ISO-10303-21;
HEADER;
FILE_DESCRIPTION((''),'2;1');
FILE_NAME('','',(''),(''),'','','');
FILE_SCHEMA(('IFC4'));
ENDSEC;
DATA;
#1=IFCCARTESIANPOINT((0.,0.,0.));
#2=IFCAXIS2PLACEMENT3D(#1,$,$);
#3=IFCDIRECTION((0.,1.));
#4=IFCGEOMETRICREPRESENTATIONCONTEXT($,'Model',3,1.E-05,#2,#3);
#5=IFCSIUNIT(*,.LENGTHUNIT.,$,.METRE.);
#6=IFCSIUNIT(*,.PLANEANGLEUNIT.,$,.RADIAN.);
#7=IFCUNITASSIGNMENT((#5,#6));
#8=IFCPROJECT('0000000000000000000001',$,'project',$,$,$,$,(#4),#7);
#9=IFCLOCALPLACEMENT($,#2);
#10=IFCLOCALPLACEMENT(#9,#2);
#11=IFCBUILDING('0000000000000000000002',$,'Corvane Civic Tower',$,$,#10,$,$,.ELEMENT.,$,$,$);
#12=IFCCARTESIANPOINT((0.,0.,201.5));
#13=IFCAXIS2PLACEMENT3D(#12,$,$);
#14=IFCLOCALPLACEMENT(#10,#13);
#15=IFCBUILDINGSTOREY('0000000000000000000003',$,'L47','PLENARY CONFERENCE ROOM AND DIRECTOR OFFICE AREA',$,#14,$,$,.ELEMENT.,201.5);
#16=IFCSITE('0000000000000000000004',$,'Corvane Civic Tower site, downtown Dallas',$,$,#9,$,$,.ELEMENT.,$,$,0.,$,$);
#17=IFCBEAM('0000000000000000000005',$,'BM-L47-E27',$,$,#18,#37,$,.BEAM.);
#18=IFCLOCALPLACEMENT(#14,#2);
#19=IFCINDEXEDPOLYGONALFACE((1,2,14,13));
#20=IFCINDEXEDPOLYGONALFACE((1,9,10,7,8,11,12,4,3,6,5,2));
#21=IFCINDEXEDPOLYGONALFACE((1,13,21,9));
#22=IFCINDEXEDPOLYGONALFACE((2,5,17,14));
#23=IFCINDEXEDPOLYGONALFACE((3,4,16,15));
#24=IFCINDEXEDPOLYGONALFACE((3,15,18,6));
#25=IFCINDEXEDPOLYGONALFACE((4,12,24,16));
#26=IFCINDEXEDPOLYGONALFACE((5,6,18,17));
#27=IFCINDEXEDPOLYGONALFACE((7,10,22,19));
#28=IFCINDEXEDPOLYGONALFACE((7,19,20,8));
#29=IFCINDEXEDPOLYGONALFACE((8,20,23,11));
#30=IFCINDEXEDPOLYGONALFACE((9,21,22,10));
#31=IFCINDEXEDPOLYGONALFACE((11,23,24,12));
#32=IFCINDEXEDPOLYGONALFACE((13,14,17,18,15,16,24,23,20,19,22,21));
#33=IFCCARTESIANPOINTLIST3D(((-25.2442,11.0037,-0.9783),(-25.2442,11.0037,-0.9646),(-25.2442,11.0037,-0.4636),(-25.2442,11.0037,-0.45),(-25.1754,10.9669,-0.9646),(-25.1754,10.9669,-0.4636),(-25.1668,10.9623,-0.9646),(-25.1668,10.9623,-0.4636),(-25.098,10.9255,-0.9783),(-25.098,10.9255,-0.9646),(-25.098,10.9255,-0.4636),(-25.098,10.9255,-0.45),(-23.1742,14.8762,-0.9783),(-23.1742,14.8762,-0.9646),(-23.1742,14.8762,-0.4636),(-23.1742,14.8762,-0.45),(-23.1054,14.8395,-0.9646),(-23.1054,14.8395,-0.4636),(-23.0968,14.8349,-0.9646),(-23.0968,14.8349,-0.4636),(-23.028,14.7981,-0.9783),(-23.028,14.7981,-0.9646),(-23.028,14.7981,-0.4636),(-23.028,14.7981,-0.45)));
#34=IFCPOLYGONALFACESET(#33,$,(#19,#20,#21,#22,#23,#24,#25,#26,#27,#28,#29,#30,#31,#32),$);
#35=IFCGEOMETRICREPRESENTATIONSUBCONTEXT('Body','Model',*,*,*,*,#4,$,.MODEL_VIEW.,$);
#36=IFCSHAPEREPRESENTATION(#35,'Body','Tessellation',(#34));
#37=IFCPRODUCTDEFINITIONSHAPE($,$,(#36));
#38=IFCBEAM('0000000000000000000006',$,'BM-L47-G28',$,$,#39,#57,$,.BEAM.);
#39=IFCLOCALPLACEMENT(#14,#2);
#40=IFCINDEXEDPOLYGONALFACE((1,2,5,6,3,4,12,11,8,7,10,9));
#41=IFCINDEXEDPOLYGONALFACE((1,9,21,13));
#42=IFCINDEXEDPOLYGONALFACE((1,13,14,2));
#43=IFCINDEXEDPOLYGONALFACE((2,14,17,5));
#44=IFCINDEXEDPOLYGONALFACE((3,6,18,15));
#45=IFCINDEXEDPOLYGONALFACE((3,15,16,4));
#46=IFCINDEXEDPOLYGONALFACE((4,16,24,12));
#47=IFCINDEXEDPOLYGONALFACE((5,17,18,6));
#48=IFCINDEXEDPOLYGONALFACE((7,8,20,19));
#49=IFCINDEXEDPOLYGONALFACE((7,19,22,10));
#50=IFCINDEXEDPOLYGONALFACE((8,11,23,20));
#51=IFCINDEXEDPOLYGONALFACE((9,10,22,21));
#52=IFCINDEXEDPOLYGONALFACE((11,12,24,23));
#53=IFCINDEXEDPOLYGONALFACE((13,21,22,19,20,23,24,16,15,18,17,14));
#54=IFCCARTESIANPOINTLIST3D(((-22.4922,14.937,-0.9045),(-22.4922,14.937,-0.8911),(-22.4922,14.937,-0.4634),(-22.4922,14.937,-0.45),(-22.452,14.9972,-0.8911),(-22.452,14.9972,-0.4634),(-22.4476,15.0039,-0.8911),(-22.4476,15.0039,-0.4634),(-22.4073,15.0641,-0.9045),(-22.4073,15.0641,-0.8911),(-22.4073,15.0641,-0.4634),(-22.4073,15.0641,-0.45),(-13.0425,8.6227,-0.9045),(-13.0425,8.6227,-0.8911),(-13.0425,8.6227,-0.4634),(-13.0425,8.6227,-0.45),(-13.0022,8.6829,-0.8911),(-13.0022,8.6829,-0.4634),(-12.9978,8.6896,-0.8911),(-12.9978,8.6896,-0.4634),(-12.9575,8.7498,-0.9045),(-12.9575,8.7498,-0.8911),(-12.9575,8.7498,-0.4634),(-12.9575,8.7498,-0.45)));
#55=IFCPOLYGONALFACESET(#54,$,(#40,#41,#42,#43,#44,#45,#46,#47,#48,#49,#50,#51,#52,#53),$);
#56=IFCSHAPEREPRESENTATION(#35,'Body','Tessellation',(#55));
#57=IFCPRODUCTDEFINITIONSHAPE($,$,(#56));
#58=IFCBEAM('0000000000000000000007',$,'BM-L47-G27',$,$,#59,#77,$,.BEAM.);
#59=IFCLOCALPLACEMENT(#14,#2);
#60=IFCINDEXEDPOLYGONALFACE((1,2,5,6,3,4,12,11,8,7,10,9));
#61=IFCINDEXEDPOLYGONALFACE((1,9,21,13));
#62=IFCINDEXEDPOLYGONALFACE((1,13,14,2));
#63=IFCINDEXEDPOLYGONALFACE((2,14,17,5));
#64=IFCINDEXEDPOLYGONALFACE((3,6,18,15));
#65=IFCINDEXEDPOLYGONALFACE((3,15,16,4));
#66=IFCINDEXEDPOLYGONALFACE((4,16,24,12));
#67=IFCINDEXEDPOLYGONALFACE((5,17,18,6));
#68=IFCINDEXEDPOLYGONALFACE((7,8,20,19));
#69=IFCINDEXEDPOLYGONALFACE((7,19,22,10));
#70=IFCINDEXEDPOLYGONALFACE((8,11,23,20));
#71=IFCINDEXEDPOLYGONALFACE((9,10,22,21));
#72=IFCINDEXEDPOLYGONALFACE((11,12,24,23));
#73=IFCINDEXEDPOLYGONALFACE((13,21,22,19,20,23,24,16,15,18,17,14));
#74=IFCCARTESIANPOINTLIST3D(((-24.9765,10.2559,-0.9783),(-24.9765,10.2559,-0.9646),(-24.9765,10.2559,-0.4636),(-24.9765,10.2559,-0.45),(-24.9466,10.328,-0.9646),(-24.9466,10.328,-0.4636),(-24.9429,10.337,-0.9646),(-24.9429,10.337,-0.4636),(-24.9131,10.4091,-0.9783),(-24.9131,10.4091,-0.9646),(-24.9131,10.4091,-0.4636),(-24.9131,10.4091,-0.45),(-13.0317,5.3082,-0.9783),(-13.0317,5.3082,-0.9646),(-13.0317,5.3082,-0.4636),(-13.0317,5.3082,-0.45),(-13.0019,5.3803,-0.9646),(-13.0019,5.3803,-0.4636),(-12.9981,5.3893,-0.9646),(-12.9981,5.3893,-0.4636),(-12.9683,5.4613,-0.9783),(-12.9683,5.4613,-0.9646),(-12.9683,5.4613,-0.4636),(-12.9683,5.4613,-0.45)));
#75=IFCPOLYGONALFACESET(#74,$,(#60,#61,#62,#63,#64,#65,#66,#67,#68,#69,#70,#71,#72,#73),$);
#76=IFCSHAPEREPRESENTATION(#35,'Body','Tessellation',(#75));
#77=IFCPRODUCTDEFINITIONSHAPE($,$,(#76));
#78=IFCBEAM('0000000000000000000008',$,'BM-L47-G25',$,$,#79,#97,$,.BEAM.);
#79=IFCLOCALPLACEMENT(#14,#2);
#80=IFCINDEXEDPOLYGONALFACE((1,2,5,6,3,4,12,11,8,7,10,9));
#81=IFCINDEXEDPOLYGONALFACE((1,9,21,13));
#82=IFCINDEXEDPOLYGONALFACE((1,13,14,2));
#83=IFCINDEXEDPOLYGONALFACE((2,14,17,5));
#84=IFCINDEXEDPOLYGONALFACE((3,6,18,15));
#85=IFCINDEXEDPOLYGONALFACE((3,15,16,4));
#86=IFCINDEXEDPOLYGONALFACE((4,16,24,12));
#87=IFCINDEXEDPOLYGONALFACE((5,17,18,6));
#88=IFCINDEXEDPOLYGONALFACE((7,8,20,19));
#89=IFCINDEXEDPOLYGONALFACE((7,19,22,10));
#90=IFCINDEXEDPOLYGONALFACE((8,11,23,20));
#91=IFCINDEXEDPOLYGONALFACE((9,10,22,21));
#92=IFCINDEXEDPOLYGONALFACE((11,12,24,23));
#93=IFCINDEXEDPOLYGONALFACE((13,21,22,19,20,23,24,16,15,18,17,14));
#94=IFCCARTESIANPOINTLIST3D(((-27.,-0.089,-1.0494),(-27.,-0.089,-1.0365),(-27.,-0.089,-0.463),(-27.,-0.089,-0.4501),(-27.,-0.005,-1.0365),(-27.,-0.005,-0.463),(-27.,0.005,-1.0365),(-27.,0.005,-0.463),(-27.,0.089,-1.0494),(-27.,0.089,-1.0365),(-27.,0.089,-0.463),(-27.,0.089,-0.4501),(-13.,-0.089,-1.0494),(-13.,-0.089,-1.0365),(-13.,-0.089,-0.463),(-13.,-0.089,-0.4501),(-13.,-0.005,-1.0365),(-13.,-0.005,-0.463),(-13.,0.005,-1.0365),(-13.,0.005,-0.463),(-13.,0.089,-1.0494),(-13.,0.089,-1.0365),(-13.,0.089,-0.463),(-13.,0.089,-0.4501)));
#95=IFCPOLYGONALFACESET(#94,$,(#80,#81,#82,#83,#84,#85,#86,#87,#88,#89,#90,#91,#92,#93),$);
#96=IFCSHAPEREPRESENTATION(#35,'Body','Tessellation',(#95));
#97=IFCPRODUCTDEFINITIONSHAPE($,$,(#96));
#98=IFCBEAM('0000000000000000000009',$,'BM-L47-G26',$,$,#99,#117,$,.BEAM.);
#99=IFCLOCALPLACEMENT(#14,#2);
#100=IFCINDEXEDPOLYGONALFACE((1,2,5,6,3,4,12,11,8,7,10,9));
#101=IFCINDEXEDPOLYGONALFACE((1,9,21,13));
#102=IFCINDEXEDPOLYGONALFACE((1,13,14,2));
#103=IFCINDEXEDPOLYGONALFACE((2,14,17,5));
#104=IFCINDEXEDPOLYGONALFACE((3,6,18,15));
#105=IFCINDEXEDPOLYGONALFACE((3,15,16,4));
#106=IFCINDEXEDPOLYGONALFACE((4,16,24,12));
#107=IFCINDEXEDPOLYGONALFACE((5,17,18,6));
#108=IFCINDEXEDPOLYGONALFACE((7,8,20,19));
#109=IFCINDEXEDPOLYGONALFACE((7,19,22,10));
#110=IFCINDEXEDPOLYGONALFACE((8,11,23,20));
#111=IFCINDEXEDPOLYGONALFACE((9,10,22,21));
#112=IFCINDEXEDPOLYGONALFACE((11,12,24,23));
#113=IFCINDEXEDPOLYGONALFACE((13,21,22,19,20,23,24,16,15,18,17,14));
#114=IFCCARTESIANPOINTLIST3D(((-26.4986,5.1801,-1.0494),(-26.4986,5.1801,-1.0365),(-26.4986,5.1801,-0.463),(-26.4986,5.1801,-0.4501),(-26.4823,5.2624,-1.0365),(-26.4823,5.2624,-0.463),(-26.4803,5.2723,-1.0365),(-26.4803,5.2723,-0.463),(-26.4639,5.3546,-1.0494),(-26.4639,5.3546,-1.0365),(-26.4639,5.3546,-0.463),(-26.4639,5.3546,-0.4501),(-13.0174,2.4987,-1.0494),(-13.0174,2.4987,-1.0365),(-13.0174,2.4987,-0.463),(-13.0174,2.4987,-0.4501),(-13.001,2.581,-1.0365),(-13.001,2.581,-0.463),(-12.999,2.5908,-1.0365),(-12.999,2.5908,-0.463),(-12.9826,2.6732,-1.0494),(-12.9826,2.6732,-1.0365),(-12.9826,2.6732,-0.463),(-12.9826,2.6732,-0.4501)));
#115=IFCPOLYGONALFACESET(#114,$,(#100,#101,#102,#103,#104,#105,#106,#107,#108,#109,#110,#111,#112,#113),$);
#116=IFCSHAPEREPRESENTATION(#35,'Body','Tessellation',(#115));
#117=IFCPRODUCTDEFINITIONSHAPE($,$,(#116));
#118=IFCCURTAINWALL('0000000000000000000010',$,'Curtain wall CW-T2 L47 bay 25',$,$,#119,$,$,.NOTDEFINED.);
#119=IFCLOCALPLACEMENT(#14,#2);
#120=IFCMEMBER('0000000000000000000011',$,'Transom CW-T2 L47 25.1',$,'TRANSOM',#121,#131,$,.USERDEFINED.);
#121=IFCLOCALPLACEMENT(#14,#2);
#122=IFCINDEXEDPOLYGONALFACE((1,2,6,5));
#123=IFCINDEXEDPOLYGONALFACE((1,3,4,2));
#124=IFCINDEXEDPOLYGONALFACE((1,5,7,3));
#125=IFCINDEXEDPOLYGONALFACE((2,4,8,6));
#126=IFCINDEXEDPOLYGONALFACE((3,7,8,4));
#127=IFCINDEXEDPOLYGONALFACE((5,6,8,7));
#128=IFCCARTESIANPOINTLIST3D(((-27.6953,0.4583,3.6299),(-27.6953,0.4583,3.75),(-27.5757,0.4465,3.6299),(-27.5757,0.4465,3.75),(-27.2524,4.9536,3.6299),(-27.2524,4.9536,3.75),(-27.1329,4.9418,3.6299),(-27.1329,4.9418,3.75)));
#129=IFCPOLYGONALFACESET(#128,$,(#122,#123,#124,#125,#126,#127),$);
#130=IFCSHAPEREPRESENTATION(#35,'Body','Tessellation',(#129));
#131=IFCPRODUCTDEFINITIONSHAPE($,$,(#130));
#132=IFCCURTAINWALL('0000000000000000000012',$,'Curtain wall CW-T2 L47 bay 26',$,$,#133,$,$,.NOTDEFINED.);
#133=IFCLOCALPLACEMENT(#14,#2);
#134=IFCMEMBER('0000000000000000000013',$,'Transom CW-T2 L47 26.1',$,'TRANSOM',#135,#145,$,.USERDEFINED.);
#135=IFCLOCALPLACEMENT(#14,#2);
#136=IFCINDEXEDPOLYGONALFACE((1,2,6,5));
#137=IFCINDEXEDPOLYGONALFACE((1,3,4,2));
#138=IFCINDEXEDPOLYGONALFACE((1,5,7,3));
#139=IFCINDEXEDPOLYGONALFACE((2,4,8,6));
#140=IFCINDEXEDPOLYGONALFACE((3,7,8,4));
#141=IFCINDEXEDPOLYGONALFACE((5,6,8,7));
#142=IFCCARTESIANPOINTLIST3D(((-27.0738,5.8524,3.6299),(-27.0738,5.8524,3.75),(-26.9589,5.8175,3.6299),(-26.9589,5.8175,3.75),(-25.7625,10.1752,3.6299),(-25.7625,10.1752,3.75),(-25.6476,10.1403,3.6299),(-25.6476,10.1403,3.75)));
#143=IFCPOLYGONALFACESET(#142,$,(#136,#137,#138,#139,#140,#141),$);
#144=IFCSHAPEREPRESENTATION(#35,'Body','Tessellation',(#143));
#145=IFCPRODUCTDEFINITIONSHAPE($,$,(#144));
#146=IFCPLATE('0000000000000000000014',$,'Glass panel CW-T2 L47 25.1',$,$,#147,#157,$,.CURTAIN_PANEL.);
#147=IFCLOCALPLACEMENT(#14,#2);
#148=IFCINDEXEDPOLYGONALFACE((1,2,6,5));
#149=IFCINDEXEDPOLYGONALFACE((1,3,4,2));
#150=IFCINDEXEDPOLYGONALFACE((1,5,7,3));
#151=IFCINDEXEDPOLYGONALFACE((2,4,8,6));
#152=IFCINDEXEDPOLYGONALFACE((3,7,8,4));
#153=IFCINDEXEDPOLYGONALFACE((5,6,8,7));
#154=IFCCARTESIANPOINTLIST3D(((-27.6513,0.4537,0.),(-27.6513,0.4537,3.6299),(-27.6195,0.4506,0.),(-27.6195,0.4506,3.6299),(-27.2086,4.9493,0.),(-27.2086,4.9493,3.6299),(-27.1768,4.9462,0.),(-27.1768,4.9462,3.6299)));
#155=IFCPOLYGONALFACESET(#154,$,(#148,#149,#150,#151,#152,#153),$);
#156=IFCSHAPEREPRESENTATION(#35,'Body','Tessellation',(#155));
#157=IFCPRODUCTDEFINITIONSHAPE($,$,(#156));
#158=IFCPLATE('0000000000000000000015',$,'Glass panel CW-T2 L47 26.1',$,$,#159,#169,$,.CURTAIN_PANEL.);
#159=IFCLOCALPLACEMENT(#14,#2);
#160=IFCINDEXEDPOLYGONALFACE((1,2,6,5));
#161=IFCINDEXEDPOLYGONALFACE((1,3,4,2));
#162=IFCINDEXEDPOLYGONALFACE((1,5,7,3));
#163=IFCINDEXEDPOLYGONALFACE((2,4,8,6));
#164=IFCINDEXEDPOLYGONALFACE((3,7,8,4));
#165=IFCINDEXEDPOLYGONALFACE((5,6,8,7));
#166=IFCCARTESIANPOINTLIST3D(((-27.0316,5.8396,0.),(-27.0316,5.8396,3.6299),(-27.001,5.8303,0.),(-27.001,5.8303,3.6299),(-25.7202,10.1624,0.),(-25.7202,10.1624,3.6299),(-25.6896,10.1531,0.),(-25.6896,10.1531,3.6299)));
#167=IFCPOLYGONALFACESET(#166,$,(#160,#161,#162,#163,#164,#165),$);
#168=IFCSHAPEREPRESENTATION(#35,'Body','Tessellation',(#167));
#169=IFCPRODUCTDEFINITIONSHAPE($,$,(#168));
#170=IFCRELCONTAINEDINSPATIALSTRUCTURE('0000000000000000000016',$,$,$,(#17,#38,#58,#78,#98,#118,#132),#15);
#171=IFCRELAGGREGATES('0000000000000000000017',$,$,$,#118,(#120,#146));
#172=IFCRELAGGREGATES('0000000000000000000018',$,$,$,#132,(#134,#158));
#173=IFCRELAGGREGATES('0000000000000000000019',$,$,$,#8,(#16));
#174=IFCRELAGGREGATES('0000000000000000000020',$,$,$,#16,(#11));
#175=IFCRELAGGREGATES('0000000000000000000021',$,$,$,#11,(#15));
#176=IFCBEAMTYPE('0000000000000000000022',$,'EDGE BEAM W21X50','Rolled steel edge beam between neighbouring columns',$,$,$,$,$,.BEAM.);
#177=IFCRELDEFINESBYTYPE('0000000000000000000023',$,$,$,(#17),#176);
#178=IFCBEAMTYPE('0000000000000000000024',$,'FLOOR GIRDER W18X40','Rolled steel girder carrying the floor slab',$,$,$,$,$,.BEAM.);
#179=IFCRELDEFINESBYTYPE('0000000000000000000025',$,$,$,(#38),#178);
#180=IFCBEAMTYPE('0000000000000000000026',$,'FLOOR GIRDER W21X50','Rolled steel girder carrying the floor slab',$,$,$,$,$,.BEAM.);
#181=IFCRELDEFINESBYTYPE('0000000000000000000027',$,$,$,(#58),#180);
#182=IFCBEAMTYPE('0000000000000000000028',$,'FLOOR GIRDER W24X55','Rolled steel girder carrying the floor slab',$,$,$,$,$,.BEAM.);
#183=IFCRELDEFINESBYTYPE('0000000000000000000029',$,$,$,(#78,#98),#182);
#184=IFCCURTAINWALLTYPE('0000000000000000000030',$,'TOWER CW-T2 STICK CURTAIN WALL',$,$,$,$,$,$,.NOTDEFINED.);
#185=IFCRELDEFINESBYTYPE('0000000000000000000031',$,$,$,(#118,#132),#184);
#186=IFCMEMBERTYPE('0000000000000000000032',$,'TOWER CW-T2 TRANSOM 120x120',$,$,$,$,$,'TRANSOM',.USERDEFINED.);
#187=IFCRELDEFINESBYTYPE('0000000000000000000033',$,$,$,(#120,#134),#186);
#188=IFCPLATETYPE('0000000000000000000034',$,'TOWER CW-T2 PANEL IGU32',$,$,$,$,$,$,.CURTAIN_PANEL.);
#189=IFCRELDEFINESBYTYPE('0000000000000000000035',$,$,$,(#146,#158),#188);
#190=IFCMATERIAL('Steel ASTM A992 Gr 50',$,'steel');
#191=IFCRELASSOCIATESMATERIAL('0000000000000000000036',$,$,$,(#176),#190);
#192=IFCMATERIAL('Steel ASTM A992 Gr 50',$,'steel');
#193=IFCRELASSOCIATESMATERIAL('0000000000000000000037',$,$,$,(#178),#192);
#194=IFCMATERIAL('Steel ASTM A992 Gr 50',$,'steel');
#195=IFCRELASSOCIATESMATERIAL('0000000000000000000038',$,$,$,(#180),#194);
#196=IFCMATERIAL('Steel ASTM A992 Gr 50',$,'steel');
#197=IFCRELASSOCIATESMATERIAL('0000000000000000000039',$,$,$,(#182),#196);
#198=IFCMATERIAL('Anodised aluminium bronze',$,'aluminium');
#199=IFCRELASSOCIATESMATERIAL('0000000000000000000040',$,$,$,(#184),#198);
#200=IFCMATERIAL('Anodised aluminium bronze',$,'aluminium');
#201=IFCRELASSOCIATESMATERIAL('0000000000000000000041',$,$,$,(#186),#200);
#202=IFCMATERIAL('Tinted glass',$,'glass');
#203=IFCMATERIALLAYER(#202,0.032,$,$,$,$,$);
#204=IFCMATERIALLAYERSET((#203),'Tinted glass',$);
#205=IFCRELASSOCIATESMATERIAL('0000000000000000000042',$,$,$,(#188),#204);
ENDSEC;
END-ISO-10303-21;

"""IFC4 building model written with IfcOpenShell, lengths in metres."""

from ifc_helpers import new_model, si_unit, direction, frame, origin, origin_2d, place, context, subcontext, project, spatial, rectangle, i_section, extrude, material, layer, layer_set, material_profile, profile_set, type_object, element, aggregate, save


model = new_model("IFC4")

# Units and contexts
model_context = context("Model", 3, precision=1e-05, world=origin(), true_north=direction((0.0, 1.0)))
body_context = subcontext(model_context, "Body", "Model", "MODEL_VIEW")
ifc_project = project(units=[si_unit("LENGTHUNIT", "METRE"), si_unit("PLANEANGLEUNIT", "RADIAN")], contexts=[model_context])

# Site, building, storey
site_placement = place(None, origin())
site = spatial("IfcSite", under=ifc_project, at=site_placement, Name="Corvane Civic Tower site, downtown Dallas", CompositionType="ELEMENT", RefElevation=0.0)
building_placement = place(site_placement, origin())
building = spatial("IfcBuilding", under=site, at=building_placement, Name="Corvane Civic Tower", CompositionType="ELEMENT")
storey_placement = place(building_placement, frame((0.0, 0.0, 201.5)))
storey = spatial("IfcBuildingStorey", under=building, at=storey_placement, Name="L47", Description="PLENARY CONFERENCE ROOM AND DIRECTOR OFFICE AREA", CompositionType="ELEMENT", Elevation=201.5)

# Beams
ifc_material_1 = material(Name="Steel ASTM A992 Gr 50", Category="steel")
ifc_material_profile_1 = material_profile(ifc_material_1, i_section(OverallWidth=0.1658, OverallDepth=0.5283, WebThickness=0.0098, FlangeThickness=0.0137, at=origin_2d()), Name="W21X50")
ifc_profile_set_1 = profile_set([ifc_material_profile_1], Name="Steel ASTM A992 Gr 50")
beam_type_1 = type_object("IfcBeamType", Name="EDGE BEAM W21X50", Description="Rolled steel edge beam between neighbouring columns", PredefinedType="BEAM", material=ifc_profile_set_1)
beam_1_placement = place(storey_placement, frame((-25.1711, 10.9646, -0.7141), z_axis=(0.471422, 0.881908, 0.0), x_axis=(-0.881908, 0.471422, 0.0)))
element("IfcBeam", 1, at=beam_1_placement, inside=storey, type_object=beam_type_1, Name="BM-L47-E27", PredefinedType="BEAM", context=body_context, shape_type="SweptSolid", body=[
    extrude(i_section(OverallWidth=0.1658, OverallDepth=0.5283, WebThickness=0.0098, FlangeThickness=0.0137, at=origin_2d()), origin(), (0.0, 0.0, 1.0), 4.3911),
])
ifc_material_2 = material(Name="Steel ASTM A992 Gr 50", Category="steel")
ifc_material_profile_2 = material_profile(ifc_material_2, i_section(OverallWidth=0.1528, OverallDepth=0.4546, WebThickness=0.0081, FlangeThickness=0.0134, at=origin_2d()), Name="W18X40")
ifc_profile_set_2 = profile_set([ifc_material_profile_2], Name="Steel ASTM A992 Gr 50")
beam_type_2 = type_object("IfcBeamType", Name="FLOOR GIRDER W18X40", Description="Rolled steel girder carrying the floor slab", PredefinedType="BEAM", material=ifc_profile_set_2)
beam_2_placement = place(storey_placement, frame((-13.0, 8.6863, -0.6772), z_axis=(-0.831465, 0.555577, 0.0), x_axis=(-0.555577, -0.831465, 0.0)))
element("IfcBeam", 2, at=beam_2_placement, inside=storey, type_object=beam_type_2, Name="BM-L47-G28", PredefinedType="BEAM", context=body_context, shape_type="SweptSolid", body=[
    extrude(i_section(OverallWidth=0.1528, OverallDepth=0.4546, WebThickness=0.0081, FlangeThickness=0.0134, at=origin_2d()), origin(), (0.0, 0.0, 1.0), 11.3652),
])
ifc_material_3 = material(Name="Steel ASTM A992 Gr 50", Category="steel")
ifc_material_profile_3 = material_profile(ifc_material_3, i_section(OverallWidth=0.1658, OverallDepth=0.5283, WebThickness=0.0098, FlangeThickness=0.0137, at=origin_2d()), Name="W21X50")
ifc_profile_set_3 = profile_set([ifc_material_profile_3], Name="Steel ASTM A992 Gr 50")
beam_type_3 = type_object("IfcBeamType", Name="FLOOR GIRDER W21X50", Description="Rolled steel girder carrying the floor slab", PredefinedType="BEAM", material=ifc_profile_set_3)
beam_3_placement = place(storey_placement, frame((-13.0, 5.3848, -0.7141), z_axis=(-0.923878, 0.382686, 0.0), x_axis=(-0.382686, -0.923878, 0.0)))
element("IfcBeam", 3, at=beam_3_placement, inside=storey, type_object=beam_type_3, Name="BM-L47-G27", PredefinedType="BEAM", context=body_context, shape_type="SweptSolid", body=[
    extrude(i_section(OverallWidth=0.1658, OverallDepth=0.5283, WebThickness=0.0098, FlangeThickness=0.0137, at=origin_2d()), origin(), (0.0, 0.0, 1.0), 12.929),
])
ifc_material_4 = material(Name="Steel ASTM A992 Gr 50", Category="steel")
ifc_material_profile_4 = material_profile(ifc_material_4, i_section(OverallWidth=0.178, OverallDepth=0.5994, WebThickness=0.01, FlangeThickness=0.0129, at=origin_2d()), Name="W24X55")
ifc_profile_set_4 = profile_set([ifc_material_profile_4], Name="Steel ASTM A992 Gr 50")
beam_type_4 = type_object("IfcBeamType", Name="FLOOR GIRDER W24X55", Description="Rolled steel girder carrying the floor slab", PredefinedType="BEAM", material=ifc_profile_set_4)
beam_4_placement = place(storey_placement, frame((-13.0, 0.0, -0.7498), z_axis=(-1.0, 0.0, 0.0), x_axis=(0.0, -1.0, 0.0)))
element("IfcBeam", 4, at=beam_4_placement, inside=storey, type_object=beam_type_4, Name="BM-L47-G25", PredefinedType="BEAM", context=body_context, shape_type="SweptSolid", body=[
    extrude(i_section(OverallWidth=0.178, OverallDepth=0.5994, WebThickness=0.01, FlangeThickness=0.0129, at=origin_2d()), origin(), (0.0, 0.0, 1.0), 14.0),
])
beam_5_placement = place(storey_placement, frame((-13.0, 2.5859, -0.7498), z_axis=(-0.980788, 0.195078, 0.0), x_axis=(-0.195078, -0.980788, 0.0)))
element("IfcBeam", 5, at=beam_5_placement, inside=storey, type_object=beam_type_4, Name="BM-L47-G26", PredefinedType="BEAM", context=body_context, shape_type="SweptSolid", body=[
    extrude(i_section(OverallWidth=0.178, OverallDepth=0.5994, WebThickness=0.01, FlangeThickness=0.0129, at=origin_2d()), origin(), (0.0, 0.0, 1.0), 13.7454),
])

# Curtain walls, members
ifc_material_5 = material(Name="Anodised aluminium bronze", Category="aluminium")
curtain_wall_type = type_object("IfcCurtainWallType", Name="TOWER CW-T2 STICK CURTAIN WALL", PredefinedType="NOTDEFINED", material=ifc_material_5)
curtain_wall_1_placement = place(storey_placement, origin())
curtain_wall_1 = element("IfcCurtainWall", 6, at=curtain_wall_1_placement, inside=storey, type_object=curtain_wall_type, Name="Curtain wall CW-T2 L47 bay 25", PredefinedType="NOTDEFINED")
ifc_material_6 = material(Name="Anodised aluminium bronze", Category="aluminium")
ifc_material_profile_5 = material_profile(ifc_material_6, rectangle(XDim=0.1201, YDim=0.1201, at=origin_2d()), Name="TOWER CW-T2 TRANSOM 120x120")
ifc_profile_set_5 = profile_set([ifc_material_profile_5], Name="Anodised aluminium bronze")
member_type = type_object("IfcMemberType", Name="TOWER CW-T2 TRANSOM 120x120", ElementType="TRANSOM", PredefinedType="USERDEFINED", material=ifc_profile_set_5)
member_1_placement = place(storey_placement, frame((-27.6355, 0.4524, 3.6899), z_axis=(0.098043, 0.995182, 0.0), x_axis=(-0.995182, 0.098043, 0.0)))
member_1 = element("IfcMember", 7, at=member_1_placement, type_object=member_type, Name="Transom CW-T2 L47 25.1", ObjectType="TRANSOM", PredefinedType="USERDEFINED", context=body_context, shape_type="SweptSolid", body=[
    extrude(rectangle(XDim=0.1201, YDim=0.1201, at=origin_2d()), origin(), (0.0, 0.0, 1.0), 4.5171),
])
curtain_wall_2_placement = place(storey_placement, origin())
curtain_wall_2 = element("IfcCurtainWall", 8, at=curtain_wall_2_placement, inside=storey, type_object=curtain_wall_type, Name="Curtain wall CW-T2 L47 bay 26", PredefinedType="NOTDEFINED")
member_2_placement = place(storey_placement, frame((-27.0164, 5.835, 3.6899), z_axis=(0.290282, 0.956941, 0.0), x_axis=(-0.956941, 0.290282, 0.0)))
member_2 = element("IfcMember", 9, at=member_2_placement, type_object=member_type, Name="Transom CW-T2 L47 26.1", ObjectType="TRANSOM", PredefinedType="USERDEFINED", context=body_context, shape_type="SweptSolid", body=[
    extrude(rectangle(XDim=0.1201, YDim=0.1201, at=origin_2d()), origin(), (0.0, 0.0, 1.0), 4.5173),
])

# Plates
ifc_material_7 = material(Name="Tinted glass", Category="glass")
ifc_layer_1 = layer(ifc_material_7, 0.032)
ifc_layer_set_1 = layer_set([ifc_layer_1], Name="Tinted glass")
plate_type = type_object("IfcPlateType", Name="TOWER CW-T2 PANEL IGU32", PredefinedType="CURTAIN_PANEL", material=ifc_layer_set_1)
plate_1_placement = place(storey_placement, frame((-27.4141, 2.7, 0.0), z_axis=(0.0, 0.0, 1.0), x_axis=(0.097993, 0.995187, 0.0)))
plate_1 = element("IfcPlate", 10, at=plate_1_placement, type_object=plate_type, Name="Glass panel CW-T2 L47 25.1", PredefinedType="CURTAIN_PANEL", context=body_context, shape_type="SweptSolid", body=[
    extrude(rectangle(XDim=4.5173, YDim=0.032, at=origin_2d()), origin(), (0.0, 0.0, 1.0), 3.6299),
])
aggregate(curtain_wall_1, [member_1, plate_1])
plate_2_placement = place(storey_placement, frame((-26.3606, 7.9963, 0.0), z_axis=(0.0, 0.0, 1.0), x_axis=(0.29029, 0.956939, 0.0)))
plate_2 = element("IfcPlate", 11, at=plate_2_placement, type_object=plate_type, Name="Glass panel CW-T2 L47 26.1", PredefinedType="CURTAIN_PANEL", context=body_context, shape_type="SweptSolid", body=[
    extrude(rectangle(XDim=4.5173, YDim=0.032, at=origin_2d()), origin(), (0.0, 0.0, 1.0), 3.6299),
])
aggregate(curtain_wall_2, [member_2, plate_2])

save(model, "model.ifc")
